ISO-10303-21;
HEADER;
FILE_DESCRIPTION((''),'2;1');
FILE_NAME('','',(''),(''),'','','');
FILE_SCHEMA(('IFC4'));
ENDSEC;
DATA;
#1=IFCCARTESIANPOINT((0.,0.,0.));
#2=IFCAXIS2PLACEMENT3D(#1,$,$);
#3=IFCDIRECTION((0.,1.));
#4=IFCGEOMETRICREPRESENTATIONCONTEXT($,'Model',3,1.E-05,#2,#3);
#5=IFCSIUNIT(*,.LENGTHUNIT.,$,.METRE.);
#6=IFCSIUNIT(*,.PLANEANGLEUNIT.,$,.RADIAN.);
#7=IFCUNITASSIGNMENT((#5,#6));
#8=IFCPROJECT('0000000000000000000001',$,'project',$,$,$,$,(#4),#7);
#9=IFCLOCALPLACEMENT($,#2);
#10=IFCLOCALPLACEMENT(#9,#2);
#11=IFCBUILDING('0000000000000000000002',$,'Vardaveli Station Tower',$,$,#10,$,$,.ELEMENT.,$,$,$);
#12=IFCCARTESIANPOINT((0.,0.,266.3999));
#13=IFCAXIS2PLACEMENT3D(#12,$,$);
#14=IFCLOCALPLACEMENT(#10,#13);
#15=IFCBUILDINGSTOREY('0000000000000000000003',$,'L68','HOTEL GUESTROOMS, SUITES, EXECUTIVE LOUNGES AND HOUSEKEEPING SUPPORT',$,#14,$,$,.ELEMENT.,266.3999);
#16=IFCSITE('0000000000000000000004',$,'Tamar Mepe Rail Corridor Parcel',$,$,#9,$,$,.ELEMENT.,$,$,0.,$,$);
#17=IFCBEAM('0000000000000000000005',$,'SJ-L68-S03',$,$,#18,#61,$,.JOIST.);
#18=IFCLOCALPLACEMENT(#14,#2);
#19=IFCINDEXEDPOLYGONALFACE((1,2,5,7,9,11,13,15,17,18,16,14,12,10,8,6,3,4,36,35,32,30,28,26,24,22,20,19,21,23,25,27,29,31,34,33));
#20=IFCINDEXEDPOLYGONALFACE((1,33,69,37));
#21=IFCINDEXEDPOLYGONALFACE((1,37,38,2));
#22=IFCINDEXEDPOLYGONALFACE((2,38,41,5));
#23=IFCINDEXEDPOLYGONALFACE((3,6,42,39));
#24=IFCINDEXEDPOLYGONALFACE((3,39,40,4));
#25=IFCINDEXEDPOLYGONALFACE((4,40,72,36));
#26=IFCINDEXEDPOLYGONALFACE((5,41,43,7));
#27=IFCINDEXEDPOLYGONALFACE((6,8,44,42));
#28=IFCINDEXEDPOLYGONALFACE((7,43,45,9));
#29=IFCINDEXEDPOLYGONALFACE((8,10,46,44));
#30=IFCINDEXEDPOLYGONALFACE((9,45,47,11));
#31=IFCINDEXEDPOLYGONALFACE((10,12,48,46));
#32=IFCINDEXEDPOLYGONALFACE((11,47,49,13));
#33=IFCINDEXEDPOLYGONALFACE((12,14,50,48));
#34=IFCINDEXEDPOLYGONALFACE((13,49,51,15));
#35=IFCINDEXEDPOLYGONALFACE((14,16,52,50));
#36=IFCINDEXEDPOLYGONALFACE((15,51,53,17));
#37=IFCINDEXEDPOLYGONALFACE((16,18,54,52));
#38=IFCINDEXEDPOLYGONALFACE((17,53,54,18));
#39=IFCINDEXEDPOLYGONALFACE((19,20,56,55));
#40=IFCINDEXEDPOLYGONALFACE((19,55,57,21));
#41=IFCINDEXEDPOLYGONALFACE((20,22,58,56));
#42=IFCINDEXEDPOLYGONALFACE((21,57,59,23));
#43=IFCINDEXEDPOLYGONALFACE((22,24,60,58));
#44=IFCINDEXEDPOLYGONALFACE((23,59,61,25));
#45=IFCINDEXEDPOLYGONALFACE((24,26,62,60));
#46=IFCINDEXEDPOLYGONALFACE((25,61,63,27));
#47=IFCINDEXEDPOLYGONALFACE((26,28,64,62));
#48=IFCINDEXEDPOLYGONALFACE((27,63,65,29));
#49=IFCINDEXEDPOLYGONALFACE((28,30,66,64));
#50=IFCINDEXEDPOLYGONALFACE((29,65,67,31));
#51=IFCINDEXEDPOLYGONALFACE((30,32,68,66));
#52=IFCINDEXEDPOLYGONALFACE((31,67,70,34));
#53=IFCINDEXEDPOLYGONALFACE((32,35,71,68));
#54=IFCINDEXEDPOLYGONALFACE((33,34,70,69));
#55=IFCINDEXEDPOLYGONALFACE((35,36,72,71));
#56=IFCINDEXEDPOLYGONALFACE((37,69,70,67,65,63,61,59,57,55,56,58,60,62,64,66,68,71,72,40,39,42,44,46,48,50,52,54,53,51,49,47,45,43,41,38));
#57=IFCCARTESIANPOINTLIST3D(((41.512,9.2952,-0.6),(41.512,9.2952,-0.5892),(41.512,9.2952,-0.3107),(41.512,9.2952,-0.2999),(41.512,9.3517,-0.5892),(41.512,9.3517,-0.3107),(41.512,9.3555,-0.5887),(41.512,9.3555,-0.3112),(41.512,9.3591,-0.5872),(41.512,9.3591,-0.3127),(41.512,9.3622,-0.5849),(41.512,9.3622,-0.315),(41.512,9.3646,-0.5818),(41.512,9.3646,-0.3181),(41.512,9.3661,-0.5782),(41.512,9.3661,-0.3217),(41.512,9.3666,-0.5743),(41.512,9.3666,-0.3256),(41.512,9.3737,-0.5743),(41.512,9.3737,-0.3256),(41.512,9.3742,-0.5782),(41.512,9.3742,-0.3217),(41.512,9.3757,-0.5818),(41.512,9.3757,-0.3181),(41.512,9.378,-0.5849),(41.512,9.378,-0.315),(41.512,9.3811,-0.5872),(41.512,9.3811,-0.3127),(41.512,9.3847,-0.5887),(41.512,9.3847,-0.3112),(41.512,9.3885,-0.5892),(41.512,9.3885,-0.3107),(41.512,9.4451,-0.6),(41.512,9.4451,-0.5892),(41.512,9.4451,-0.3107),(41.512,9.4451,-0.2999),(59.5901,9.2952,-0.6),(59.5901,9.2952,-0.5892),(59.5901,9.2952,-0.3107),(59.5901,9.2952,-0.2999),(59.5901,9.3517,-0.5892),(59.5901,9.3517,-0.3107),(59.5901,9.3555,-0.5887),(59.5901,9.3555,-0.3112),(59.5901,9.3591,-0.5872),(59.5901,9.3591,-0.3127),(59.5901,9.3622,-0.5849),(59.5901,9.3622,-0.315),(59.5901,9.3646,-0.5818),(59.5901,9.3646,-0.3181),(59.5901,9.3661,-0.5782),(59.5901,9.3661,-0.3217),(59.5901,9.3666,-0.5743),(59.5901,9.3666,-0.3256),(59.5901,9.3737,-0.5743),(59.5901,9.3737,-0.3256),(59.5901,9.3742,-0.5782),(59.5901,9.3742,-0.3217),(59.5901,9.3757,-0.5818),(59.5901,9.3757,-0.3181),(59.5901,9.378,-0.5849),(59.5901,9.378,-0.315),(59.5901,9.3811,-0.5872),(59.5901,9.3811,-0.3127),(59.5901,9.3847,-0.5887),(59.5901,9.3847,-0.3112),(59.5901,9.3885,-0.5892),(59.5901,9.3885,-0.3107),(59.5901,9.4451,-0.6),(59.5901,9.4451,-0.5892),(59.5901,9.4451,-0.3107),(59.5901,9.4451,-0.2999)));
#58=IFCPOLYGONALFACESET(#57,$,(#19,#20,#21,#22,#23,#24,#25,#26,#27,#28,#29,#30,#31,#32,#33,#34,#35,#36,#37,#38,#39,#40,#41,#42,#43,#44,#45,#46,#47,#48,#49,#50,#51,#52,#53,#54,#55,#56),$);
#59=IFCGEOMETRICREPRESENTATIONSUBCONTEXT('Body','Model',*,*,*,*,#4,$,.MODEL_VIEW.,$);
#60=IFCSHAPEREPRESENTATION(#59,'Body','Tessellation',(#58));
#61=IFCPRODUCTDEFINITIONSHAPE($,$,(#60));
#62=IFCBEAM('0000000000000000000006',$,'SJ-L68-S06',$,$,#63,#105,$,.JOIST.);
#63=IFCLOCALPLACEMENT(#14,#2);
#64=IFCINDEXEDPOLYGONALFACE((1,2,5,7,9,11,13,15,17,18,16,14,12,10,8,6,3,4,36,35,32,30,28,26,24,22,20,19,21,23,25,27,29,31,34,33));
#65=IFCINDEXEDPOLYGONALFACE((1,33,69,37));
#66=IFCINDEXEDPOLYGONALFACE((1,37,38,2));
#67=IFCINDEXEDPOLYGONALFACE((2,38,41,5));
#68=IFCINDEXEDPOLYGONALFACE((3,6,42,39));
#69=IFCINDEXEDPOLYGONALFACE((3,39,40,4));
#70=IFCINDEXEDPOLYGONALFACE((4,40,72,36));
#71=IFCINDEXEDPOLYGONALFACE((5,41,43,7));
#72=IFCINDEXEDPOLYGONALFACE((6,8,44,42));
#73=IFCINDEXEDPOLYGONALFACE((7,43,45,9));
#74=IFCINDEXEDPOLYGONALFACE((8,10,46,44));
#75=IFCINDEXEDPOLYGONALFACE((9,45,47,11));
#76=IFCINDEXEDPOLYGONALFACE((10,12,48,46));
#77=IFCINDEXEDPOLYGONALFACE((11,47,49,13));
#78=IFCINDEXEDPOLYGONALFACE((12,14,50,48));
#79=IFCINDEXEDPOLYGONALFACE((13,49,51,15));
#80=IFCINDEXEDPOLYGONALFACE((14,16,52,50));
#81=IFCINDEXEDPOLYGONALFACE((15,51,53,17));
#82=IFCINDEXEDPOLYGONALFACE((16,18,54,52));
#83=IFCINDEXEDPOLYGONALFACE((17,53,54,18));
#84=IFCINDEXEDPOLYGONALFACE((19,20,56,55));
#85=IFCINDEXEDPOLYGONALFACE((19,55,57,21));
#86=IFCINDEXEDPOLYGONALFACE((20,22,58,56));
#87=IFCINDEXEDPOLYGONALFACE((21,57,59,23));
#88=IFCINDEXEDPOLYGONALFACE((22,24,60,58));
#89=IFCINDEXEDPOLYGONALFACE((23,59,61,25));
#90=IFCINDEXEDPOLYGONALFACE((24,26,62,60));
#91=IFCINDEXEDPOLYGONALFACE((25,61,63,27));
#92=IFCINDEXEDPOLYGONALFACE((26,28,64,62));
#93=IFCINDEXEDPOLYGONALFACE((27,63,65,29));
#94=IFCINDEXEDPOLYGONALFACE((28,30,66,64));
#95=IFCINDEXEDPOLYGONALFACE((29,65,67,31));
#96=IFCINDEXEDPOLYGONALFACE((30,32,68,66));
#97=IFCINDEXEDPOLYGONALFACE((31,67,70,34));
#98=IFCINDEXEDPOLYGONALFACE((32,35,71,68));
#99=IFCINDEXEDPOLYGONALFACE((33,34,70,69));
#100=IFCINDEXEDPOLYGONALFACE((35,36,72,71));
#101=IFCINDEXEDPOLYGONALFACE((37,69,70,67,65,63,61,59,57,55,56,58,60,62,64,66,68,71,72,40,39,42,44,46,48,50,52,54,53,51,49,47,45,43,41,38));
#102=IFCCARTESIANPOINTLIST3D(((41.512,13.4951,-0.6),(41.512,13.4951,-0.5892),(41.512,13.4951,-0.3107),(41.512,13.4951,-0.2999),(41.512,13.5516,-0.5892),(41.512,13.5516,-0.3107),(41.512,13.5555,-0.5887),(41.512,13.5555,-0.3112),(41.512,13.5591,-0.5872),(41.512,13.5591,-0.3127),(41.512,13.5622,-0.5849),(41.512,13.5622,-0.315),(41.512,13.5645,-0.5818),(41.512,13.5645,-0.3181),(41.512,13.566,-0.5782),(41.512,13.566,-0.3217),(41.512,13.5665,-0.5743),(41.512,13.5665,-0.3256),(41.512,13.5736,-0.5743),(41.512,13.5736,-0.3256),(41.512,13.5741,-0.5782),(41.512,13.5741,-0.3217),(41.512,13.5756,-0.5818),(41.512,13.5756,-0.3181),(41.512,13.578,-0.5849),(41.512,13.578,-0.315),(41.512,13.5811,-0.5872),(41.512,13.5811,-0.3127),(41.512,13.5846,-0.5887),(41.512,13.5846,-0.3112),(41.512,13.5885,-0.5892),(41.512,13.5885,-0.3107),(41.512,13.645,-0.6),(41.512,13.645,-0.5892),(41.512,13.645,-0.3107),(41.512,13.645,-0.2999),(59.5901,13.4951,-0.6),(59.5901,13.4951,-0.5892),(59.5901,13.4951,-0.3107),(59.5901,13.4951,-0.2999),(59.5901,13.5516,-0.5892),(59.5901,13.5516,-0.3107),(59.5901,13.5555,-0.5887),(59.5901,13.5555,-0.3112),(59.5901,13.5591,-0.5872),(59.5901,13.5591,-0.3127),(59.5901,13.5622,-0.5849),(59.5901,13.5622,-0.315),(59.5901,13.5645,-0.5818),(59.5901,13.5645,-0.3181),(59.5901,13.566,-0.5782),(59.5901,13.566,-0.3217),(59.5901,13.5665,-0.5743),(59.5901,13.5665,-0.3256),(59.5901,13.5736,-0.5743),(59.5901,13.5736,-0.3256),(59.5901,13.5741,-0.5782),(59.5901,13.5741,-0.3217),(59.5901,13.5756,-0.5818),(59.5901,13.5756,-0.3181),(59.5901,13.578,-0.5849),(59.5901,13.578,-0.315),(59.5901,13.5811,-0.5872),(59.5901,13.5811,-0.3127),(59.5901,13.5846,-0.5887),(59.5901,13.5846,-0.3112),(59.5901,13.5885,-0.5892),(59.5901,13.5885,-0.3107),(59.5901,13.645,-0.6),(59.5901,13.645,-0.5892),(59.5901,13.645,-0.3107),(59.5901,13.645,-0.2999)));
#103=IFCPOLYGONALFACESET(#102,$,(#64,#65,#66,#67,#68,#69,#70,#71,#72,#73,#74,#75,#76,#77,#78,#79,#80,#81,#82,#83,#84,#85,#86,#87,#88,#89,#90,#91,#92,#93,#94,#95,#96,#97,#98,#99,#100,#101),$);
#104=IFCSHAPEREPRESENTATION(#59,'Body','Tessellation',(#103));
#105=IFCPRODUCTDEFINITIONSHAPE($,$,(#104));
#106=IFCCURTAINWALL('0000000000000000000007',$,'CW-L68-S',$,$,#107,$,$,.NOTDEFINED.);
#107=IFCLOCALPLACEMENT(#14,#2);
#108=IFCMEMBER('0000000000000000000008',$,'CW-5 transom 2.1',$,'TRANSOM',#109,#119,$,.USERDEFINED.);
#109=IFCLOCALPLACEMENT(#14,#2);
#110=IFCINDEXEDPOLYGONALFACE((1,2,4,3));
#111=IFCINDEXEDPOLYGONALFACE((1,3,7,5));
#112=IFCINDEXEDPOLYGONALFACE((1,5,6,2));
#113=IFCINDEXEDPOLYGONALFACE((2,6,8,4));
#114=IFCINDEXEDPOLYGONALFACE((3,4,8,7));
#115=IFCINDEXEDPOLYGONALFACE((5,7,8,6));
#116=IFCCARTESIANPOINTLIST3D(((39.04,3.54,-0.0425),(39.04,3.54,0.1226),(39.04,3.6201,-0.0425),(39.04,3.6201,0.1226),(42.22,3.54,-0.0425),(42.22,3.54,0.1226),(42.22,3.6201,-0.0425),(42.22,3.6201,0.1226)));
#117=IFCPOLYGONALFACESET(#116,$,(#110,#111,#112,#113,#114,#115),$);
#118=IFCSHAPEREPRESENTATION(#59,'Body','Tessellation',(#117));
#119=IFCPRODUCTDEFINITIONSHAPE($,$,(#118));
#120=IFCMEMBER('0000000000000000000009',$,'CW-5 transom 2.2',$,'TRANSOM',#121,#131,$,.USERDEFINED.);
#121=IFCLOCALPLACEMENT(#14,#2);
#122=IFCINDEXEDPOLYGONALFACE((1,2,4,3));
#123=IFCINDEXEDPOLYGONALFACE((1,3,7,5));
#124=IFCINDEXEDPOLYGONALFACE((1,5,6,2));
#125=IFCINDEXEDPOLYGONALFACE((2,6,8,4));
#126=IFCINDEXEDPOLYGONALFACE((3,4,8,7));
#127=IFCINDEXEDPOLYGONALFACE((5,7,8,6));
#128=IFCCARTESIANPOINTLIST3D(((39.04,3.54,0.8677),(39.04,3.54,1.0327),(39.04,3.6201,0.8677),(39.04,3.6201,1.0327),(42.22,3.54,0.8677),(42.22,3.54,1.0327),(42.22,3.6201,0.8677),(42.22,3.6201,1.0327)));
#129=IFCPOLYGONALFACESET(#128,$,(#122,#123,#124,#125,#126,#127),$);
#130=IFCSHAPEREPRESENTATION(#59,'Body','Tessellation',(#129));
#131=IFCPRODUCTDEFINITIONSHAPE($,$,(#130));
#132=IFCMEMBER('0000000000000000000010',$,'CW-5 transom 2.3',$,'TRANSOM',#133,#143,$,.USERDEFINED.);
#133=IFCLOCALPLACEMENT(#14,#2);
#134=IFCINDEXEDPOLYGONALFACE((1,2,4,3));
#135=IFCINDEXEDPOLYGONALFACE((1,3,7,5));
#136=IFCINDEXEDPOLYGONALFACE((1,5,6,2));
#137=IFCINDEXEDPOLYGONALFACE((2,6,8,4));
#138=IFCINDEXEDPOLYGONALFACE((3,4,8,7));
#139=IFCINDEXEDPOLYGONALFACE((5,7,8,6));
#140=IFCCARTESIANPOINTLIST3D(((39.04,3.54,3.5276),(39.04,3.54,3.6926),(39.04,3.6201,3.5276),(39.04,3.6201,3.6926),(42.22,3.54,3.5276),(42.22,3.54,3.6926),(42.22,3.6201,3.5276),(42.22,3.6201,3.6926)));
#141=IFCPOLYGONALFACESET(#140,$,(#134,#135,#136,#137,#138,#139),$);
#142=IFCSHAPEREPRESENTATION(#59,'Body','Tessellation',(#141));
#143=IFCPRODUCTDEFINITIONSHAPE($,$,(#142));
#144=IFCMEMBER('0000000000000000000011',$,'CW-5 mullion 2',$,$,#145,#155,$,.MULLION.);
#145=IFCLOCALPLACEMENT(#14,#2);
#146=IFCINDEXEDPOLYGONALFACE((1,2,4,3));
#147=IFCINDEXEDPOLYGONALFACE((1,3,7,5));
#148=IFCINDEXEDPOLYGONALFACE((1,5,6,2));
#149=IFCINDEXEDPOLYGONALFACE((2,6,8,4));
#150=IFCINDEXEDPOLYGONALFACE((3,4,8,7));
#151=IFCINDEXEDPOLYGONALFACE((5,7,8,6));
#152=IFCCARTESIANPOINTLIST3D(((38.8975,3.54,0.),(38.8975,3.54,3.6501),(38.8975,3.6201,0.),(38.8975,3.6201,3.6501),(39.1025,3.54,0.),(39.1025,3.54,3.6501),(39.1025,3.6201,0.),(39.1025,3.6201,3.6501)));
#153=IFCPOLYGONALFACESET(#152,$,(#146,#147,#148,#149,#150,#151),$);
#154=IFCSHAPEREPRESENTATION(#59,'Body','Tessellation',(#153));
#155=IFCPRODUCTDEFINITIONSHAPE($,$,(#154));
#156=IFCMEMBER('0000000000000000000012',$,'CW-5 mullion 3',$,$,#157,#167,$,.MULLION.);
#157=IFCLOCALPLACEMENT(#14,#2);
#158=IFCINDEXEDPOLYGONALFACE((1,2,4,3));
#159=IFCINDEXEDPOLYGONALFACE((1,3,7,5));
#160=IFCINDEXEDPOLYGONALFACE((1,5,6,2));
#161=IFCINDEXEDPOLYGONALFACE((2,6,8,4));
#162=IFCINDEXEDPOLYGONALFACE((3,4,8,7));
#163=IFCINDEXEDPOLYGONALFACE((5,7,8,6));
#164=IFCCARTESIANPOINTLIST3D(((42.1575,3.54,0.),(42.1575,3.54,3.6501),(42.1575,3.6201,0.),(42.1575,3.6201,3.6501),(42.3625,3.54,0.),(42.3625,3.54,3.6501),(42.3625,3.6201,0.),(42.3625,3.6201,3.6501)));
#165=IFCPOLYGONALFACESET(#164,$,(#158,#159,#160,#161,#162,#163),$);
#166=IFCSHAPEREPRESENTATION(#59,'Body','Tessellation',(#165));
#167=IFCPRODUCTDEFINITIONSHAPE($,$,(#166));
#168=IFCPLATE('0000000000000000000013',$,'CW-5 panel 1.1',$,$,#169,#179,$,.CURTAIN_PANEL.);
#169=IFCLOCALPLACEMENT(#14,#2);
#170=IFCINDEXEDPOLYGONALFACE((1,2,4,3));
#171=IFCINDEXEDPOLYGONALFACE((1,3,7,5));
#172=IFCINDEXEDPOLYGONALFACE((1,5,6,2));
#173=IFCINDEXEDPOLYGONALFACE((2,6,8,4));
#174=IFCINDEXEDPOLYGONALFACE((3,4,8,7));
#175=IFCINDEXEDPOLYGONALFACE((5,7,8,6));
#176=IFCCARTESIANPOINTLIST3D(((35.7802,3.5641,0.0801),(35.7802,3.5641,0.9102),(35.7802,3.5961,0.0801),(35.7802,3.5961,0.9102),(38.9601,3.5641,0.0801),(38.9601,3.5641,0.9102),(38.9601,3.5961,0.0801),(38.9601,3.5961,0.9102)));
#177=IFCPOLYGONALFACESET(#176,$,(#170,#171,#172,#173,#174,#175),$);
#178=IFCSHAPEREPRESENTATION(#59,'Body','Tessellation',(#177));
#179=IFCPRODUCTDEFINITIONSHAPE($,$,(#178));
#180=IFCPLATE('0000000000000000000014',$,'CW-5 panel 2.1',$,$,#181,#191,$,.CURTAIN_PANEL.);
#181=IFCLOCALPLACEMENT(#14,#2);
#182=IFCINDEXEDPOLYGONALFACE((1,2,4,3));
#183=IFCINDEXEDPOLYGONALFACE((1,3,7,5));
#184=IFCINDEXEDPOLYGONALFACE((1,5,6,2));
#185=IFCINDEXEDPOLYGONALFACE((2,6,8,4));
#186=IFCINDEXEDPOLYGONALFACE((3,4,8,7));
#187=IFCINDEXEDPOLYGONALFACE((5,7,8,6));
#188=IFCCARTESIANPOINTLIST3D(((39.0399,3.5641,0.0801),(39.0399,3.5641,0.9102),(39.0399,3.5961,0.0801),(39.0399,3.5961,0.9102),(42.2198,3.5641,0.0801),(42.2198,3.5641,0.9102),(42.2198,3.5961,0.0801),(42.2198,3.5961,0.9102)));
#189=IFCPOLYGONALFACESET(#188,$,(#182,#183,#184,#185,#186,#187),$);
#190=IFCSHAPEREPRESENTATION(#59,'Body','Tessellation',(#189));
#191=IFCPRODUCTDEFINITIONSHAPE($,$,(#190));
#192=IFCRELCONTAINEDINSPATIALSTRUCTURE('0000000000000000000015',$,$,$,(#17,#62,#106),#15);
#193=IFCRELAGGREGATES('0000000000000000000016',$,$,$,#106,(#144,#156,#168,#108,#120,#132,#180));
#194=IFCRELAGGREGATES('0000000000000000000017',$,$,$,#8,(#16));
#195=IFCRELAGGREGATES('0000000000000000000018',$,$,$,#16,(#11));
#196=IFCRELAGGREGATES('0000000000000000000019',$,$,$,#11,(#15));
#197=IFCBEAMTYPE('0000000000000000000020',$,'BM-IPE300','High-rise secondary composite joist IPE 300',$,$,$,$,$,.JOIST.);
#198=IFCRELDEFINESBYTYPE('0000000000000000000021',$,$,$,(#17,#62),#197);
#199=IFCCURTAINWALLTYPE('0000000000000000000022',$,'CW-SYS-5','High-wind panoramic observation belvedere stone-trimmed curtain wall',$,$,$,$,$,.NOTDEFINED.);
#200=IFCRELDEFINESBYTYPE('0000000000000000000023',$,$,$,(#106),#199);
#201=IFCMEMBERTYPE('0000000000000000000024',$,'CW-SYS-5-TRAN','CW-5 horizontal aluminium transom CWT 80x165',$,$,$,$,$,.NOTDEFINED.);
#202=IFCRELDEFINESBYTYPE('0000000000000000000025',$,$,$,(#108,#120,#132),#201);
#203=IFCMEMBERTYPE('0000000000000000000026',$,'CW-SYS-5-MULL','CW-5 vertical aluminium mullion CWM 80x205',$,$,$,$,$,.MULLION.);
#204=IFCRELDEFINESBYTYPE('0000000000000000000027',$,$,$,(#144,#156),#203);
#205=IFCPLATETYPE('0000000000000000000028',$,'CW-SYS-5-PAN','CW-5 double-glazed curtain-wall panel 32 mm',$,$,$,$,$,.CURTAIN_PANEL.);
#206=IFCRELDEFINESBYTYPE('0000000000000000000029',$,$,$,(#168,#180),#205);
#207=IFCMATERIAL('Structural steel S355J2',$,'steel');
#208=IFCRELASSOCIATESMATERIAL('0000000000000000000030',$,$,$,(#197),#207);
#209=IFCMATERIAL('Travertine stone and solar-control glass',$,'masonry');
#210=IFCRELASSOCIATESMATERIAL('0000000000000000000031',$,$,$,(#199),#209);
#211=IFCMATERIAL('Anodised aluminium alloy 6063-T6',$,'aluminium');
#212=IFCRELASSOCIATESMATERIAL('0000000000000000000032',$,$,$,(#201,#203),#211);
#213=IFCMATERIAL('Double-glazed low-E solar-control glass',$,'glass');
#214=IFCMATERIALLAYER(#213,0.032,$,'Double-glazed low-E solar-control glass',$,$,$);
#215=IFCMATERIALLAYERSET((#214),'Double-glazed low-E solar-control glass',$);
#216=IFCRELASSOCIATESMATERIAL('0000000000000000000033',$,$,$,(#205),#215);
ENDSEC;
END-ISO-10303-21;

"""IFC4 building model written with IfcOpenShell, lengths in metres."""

from ifc_helpers import new_model, si_unit, direction, frame, origin, origin_2d, place, context, subcontext, project, spatial, rectangle, i_section, extrude, source, transform, mapped, material, layer, layer_set, material_profile, profile_set, type_object, element, aggregate, save


model = new_model("IFC4")

# Units and contexts
model_context = context("Model", 3, precision=1e-05, world=origin(), true_north=direction((0.0, 1.0)))
body_context = subcontext(model_context, "Body", "Model", "MODEL_VIEW")
ifc_project = project(units=[si_unit("LENGTHUNIT", "METRE"), si_unit("PLANEANGLEUNIT", "RADIAN")], contexts=[model_context])

# Site, building, storey
site_placement = place(None, origin())
site = spatial("IfcSite", under=ifc_project, at=site_placement, Name="Tamar Mepe Rail Corridor Parcel", CompositionType="ELEMENT", RefElevation=0.0)
building_placement = place(site_placement, origin())
building = spatial("IfcBuilding", under=site, at=building_placement, Name="Vardaveli Station Tower", CompositionType="ELEMENT")
storey_placement = place(building_placement, frame((0.0, 0.0, 266.3999)))
storey = spatial("IfcBuildingStorey", under=building, at=storey_placement, Name="L68", Description="HOTEL GUESTROOMS, SUITES, EXECUTIVE LOUNGES AND HOUSEKEEPING SUPPORT", CompositionType="ELEMENT", Elevation=266.3999)

# Beams
ifc_material_1 = material(Name="Structural steel S355J2", Category="steel")
ifc_material_profile_1 = material_profile(ifc_material_1, i_section(OverallWidth=0.1499, OverallDepth=0.3, WebThickness=0.0071, FlangeThickness=0.0107, FilletRadius=0.0149, at=origin_2d()), Name="IPE 300")
ifc_profile_set_1 = profile_set([ifc_material_profile_1], Name="Structural steel S355J2")
beam_type_1 = type_object("IfcBeamType", Name="BM-IPE300", Description="High-rise secondary composite joist IPE 300", PredefinedType="JOIST", material=ifc_profile_set_1)
shared_shape_1 = source(origin(), body_context, "Body", "SweptSolid", [
    extrude(i_section(OverallWidth=0.1499, OverallDepth=0.3, WebThickness=0.0071, FlangeThickness=0.0107, FilletRadius=0.0149, at=origin_2d()), origin(), (0.0, 0.0, 1.0), 18.0781),
])
for number, where, z_axis, x_axis, name in (
    (1, (41.512, 9.3701, -0.45), (1.0, 0.0, 0.0), (0.0, 1.0, 0.0), "SJ-L68-S03"),
    (2, (41.512, 13.5701, -0.45), (1.0, 0.0, 0.0), (0.0, 1.0, 0.0), "SJ-L68-S06"),
):
    element("IfcBeam", number, at=place(storey_placement, frame(where, z_axis=z_axis, x_axis=x_axis)), inside=storey, type_object=beam_type_1, Name=name, PredefinedType="JOIST", context=body_context, shape_type="MappedRepresentation", body=[
        mapped(shared_shape_1, transform((0.0, 0.0, 0.0), scale=1.0)),
    ])

# Curtain wall, members, plates
ifc_material_2 = material(Name="Travertine stone and solar-control glass", Category="masonry")
curtain_wall_type = type_object("IfcCurtainWallType", Name="CW-SYS-5", Description="High-wind panoramic observation belvedere stone-trimmed curtain wall", PredefinedType="NOTDEFINED", material=ifc_material_2)
curtain_wall_placement = place(storey_placement, origin())
curtain_wall = element("IfcCurtainWall", 3, at=curtain_wall_placement, inside=storey, type_object=curtain_wall_type, Name="CW-L68-S", PredefinedType="NOTDEFINED")
ifc_material_3 = material(Name="Anodised aluminium alloy 6063-T6", Category="aluminium")
ifc_material_profile_2 = material_profile(ifc_material_3, rectangle(XDim=0.0801, YDim=0.165, at=origin_2d()), Name="CWT 80x165")
ifc_profile_set_2 = profile_set([ifc_material_profile_2], Name="Anodised aluminium alloy 6063-T6")
member_type_1 = type_object("IfcMemberType", Name="CW-SYS-5-TRAN", Description="CW-5 horizontal aluminium transom CWT 80x165", PredefinedType="NOTDEFINED", material=ifc_profile_set_2)
shared_shape_2 = source(origin(), body_context, "Body", "SweptSolid", [
    extrude(rectangle(XDim=0.0801, YDim=0.165, at=origin_2d()), origin(), (0.0, 0.0, 1.0), 3.1799),
])
member_1_placement = place(storey_placement, frame((39.04, 3.5801, 0.04), z_axis=(1.0, 0.0, 0.0), x_axis=(0.0, 1.0, 0.0)))
member_1 = element("IfcMember", 4, at=member_1_placement, type_object=member_type_1, Name="CW-5 transom 2.1", ObjectType="TRANSOM", PredefinedType="USERDEFINED", context=body_context, shape_type="MappedRepresentation", body=[
    mapped(shared_shape_2, transform((0.0, 0.0, 0.0), scale=1.0)),
])
member_2_placement = place(storey_placement, frame((39.04, 3.5801, 0.9502), z_axis=(1.0, 0.0, 0.0), x_axis=(0.0, 1.0, 0.0)))
member_2 = element("IfcMember", 5, at=member_2_placement, type_object=member_type_1, Name="CW-5 transom 2.2", ObjectType="TRANSOM", PredefinedType="USERDEFINED", context=body_context, shape_type="MappedRepresentation", body=[
    mapped(shared_shape_2, transform((0.0, 0.0, 0.0), scale=1.0)),
])
member_3_placement = place(storey_placement, frame((39.04, 3.5801, 3.6101), z_axis=(1.0, 0.0, 0.0), x_axis=(0.0, 1.0, 0.0)))
member_3 = element("IfcMember", 6, at=member_3_placement, type_object=member_type_1, Name="CW-5 transom 2.3", ObjectType="TRANSOM", PredefinedType="USERDEFINED", context=body_context, shape_type="MappedRepresentation", body=[
    mapped(shared_shape_2, transform((0.0, 0.0, 0.0), scale=1.0)),
])
ifc_material_profile_3 = material_profile(ifc_material_3, rectangle(XDim=0.0801, YDim=0.2051, at=origin_2d()), Name="CWM 80x205")
ifc_profile_set_3 = profile_set([ifc_material_profile_3], Name="Anodised aluminium alloy 6063-T6")
member_type_2 = type_object("IfcMemberType", Name="CW-SYS-5-MULL", Description="CW-5 vertical aluminium mullion CWM 80x205", PredefinedType="MULLION", material=ifc_profile_set_3)
shared_shape_3 = source(origin(), body_context, "Body", "SweptSolid", [
    extrude(rectangle(XDim=0.0801, YDim=0.2051, at=origin_2d()), origin(), (0.0, 0.0, 1.0), 3.6501),
])
member_4_placement = place(storey_placement, frame((39.0, 3.5801, 0.0), z_axis=(0.0, 0.0, 1.0), x_axis=(0.0, 1.0, 0.0)))
member_4 = element("IfcMember", 7, at=member_4_placement, type_object=member_type_2, Name="CW-5 mullion 2", PredefinedType="MULLION", context=body_context, shape_type="MappedRepresentation", body=[
    mapped(shared_shape_3, transform((0.0, 0.0, 0.0), scale=1.0)),
])
member_5_placement = place(storey_placement, frame((42.26, 3.5801, 0.0), z_axis=(0.0, 0.0, 1.0), x_axis=(0.0, 1.0, 0.0)))
member_5 = element("IfcMember", 8, at=member_5_placement, type_object=member_type_2, Name="CW-5 mullion 3", PredefinedType="MULLION", context=body_context, shape_type="MappedRepresentation", body=[
    mapped(shared_shape_3, transform((0.0, 0.0, 0.0), scale=1.0)),
])
ifc_material_4 = material(Name="Double-glazed low-E solar-control glass", Category="glass")
ifc_layer_1 = layer(ifc_material_4, 0.032, Name="Double-glazed low-E solar-control glass")
ifc_layer_set_1 = layer_set([ifc_layer_1], Name="Double-glazed low-E solar-control glass")
plate_type = type_object("IfcPlateType", Name="CW-SYS-5-PAN", Description="CW-5 double-glazed curtain-wall panel 32 mm", PredefinedType="CURTAIN_PANEL", material=ifc_layer_set_1)
shared_shape_4 = source(origin(), body_context, "Body", "SweptSolid", [
    extrude(rectangle(XDim=3.1799, YDim=0.032, at=origin_2d()), origin(), (0.0, 0.0, 1.0), 0.8301),
])
plate_1_placement = place(storey_placement, frame((37.3701, 3.5801, 0.0801), z_axis=(0.0, 0.0, 1.0), x_axis=(1.0, 0.0, 0.0)))
plate_1 = element("IfcPlate", 9, at=plate_1_placement, type_object=plate_type, Name="CW-5 panel 1.1", PredefinedType="CURTAIN_PANEL", context=body_context, shape_type="MappedRepresentation", body=[
    mapped(shared_shape_4, transform((0.0, 0.0, 0.0), scale=1.0)),
])
plate_2_placement = place(storey_placement, frame((40.6299, 3.5801, 0.0801), z_axis=(0.0, 0.0, 1.0), x_axis=(1.0, 0.0, 0.0)))
plate_2 = element("IfcPlate", 10, at=plate_2_placement, type_object=plate_type, Name="CW-5 panel 2.1", PredefinedType="CURTAIN_PANEL", context=body_context, shape_type="MappedRepresentation", body=[
    mapped(shared_shape_4, transform((0.0, 0.0, 0.0), scale=1.0)),
])
aggregate(curtain_wall, [member_4, member_5, plate_1, member_1, member_2, member_3, plate_2])

save(model, "model.ifc")
